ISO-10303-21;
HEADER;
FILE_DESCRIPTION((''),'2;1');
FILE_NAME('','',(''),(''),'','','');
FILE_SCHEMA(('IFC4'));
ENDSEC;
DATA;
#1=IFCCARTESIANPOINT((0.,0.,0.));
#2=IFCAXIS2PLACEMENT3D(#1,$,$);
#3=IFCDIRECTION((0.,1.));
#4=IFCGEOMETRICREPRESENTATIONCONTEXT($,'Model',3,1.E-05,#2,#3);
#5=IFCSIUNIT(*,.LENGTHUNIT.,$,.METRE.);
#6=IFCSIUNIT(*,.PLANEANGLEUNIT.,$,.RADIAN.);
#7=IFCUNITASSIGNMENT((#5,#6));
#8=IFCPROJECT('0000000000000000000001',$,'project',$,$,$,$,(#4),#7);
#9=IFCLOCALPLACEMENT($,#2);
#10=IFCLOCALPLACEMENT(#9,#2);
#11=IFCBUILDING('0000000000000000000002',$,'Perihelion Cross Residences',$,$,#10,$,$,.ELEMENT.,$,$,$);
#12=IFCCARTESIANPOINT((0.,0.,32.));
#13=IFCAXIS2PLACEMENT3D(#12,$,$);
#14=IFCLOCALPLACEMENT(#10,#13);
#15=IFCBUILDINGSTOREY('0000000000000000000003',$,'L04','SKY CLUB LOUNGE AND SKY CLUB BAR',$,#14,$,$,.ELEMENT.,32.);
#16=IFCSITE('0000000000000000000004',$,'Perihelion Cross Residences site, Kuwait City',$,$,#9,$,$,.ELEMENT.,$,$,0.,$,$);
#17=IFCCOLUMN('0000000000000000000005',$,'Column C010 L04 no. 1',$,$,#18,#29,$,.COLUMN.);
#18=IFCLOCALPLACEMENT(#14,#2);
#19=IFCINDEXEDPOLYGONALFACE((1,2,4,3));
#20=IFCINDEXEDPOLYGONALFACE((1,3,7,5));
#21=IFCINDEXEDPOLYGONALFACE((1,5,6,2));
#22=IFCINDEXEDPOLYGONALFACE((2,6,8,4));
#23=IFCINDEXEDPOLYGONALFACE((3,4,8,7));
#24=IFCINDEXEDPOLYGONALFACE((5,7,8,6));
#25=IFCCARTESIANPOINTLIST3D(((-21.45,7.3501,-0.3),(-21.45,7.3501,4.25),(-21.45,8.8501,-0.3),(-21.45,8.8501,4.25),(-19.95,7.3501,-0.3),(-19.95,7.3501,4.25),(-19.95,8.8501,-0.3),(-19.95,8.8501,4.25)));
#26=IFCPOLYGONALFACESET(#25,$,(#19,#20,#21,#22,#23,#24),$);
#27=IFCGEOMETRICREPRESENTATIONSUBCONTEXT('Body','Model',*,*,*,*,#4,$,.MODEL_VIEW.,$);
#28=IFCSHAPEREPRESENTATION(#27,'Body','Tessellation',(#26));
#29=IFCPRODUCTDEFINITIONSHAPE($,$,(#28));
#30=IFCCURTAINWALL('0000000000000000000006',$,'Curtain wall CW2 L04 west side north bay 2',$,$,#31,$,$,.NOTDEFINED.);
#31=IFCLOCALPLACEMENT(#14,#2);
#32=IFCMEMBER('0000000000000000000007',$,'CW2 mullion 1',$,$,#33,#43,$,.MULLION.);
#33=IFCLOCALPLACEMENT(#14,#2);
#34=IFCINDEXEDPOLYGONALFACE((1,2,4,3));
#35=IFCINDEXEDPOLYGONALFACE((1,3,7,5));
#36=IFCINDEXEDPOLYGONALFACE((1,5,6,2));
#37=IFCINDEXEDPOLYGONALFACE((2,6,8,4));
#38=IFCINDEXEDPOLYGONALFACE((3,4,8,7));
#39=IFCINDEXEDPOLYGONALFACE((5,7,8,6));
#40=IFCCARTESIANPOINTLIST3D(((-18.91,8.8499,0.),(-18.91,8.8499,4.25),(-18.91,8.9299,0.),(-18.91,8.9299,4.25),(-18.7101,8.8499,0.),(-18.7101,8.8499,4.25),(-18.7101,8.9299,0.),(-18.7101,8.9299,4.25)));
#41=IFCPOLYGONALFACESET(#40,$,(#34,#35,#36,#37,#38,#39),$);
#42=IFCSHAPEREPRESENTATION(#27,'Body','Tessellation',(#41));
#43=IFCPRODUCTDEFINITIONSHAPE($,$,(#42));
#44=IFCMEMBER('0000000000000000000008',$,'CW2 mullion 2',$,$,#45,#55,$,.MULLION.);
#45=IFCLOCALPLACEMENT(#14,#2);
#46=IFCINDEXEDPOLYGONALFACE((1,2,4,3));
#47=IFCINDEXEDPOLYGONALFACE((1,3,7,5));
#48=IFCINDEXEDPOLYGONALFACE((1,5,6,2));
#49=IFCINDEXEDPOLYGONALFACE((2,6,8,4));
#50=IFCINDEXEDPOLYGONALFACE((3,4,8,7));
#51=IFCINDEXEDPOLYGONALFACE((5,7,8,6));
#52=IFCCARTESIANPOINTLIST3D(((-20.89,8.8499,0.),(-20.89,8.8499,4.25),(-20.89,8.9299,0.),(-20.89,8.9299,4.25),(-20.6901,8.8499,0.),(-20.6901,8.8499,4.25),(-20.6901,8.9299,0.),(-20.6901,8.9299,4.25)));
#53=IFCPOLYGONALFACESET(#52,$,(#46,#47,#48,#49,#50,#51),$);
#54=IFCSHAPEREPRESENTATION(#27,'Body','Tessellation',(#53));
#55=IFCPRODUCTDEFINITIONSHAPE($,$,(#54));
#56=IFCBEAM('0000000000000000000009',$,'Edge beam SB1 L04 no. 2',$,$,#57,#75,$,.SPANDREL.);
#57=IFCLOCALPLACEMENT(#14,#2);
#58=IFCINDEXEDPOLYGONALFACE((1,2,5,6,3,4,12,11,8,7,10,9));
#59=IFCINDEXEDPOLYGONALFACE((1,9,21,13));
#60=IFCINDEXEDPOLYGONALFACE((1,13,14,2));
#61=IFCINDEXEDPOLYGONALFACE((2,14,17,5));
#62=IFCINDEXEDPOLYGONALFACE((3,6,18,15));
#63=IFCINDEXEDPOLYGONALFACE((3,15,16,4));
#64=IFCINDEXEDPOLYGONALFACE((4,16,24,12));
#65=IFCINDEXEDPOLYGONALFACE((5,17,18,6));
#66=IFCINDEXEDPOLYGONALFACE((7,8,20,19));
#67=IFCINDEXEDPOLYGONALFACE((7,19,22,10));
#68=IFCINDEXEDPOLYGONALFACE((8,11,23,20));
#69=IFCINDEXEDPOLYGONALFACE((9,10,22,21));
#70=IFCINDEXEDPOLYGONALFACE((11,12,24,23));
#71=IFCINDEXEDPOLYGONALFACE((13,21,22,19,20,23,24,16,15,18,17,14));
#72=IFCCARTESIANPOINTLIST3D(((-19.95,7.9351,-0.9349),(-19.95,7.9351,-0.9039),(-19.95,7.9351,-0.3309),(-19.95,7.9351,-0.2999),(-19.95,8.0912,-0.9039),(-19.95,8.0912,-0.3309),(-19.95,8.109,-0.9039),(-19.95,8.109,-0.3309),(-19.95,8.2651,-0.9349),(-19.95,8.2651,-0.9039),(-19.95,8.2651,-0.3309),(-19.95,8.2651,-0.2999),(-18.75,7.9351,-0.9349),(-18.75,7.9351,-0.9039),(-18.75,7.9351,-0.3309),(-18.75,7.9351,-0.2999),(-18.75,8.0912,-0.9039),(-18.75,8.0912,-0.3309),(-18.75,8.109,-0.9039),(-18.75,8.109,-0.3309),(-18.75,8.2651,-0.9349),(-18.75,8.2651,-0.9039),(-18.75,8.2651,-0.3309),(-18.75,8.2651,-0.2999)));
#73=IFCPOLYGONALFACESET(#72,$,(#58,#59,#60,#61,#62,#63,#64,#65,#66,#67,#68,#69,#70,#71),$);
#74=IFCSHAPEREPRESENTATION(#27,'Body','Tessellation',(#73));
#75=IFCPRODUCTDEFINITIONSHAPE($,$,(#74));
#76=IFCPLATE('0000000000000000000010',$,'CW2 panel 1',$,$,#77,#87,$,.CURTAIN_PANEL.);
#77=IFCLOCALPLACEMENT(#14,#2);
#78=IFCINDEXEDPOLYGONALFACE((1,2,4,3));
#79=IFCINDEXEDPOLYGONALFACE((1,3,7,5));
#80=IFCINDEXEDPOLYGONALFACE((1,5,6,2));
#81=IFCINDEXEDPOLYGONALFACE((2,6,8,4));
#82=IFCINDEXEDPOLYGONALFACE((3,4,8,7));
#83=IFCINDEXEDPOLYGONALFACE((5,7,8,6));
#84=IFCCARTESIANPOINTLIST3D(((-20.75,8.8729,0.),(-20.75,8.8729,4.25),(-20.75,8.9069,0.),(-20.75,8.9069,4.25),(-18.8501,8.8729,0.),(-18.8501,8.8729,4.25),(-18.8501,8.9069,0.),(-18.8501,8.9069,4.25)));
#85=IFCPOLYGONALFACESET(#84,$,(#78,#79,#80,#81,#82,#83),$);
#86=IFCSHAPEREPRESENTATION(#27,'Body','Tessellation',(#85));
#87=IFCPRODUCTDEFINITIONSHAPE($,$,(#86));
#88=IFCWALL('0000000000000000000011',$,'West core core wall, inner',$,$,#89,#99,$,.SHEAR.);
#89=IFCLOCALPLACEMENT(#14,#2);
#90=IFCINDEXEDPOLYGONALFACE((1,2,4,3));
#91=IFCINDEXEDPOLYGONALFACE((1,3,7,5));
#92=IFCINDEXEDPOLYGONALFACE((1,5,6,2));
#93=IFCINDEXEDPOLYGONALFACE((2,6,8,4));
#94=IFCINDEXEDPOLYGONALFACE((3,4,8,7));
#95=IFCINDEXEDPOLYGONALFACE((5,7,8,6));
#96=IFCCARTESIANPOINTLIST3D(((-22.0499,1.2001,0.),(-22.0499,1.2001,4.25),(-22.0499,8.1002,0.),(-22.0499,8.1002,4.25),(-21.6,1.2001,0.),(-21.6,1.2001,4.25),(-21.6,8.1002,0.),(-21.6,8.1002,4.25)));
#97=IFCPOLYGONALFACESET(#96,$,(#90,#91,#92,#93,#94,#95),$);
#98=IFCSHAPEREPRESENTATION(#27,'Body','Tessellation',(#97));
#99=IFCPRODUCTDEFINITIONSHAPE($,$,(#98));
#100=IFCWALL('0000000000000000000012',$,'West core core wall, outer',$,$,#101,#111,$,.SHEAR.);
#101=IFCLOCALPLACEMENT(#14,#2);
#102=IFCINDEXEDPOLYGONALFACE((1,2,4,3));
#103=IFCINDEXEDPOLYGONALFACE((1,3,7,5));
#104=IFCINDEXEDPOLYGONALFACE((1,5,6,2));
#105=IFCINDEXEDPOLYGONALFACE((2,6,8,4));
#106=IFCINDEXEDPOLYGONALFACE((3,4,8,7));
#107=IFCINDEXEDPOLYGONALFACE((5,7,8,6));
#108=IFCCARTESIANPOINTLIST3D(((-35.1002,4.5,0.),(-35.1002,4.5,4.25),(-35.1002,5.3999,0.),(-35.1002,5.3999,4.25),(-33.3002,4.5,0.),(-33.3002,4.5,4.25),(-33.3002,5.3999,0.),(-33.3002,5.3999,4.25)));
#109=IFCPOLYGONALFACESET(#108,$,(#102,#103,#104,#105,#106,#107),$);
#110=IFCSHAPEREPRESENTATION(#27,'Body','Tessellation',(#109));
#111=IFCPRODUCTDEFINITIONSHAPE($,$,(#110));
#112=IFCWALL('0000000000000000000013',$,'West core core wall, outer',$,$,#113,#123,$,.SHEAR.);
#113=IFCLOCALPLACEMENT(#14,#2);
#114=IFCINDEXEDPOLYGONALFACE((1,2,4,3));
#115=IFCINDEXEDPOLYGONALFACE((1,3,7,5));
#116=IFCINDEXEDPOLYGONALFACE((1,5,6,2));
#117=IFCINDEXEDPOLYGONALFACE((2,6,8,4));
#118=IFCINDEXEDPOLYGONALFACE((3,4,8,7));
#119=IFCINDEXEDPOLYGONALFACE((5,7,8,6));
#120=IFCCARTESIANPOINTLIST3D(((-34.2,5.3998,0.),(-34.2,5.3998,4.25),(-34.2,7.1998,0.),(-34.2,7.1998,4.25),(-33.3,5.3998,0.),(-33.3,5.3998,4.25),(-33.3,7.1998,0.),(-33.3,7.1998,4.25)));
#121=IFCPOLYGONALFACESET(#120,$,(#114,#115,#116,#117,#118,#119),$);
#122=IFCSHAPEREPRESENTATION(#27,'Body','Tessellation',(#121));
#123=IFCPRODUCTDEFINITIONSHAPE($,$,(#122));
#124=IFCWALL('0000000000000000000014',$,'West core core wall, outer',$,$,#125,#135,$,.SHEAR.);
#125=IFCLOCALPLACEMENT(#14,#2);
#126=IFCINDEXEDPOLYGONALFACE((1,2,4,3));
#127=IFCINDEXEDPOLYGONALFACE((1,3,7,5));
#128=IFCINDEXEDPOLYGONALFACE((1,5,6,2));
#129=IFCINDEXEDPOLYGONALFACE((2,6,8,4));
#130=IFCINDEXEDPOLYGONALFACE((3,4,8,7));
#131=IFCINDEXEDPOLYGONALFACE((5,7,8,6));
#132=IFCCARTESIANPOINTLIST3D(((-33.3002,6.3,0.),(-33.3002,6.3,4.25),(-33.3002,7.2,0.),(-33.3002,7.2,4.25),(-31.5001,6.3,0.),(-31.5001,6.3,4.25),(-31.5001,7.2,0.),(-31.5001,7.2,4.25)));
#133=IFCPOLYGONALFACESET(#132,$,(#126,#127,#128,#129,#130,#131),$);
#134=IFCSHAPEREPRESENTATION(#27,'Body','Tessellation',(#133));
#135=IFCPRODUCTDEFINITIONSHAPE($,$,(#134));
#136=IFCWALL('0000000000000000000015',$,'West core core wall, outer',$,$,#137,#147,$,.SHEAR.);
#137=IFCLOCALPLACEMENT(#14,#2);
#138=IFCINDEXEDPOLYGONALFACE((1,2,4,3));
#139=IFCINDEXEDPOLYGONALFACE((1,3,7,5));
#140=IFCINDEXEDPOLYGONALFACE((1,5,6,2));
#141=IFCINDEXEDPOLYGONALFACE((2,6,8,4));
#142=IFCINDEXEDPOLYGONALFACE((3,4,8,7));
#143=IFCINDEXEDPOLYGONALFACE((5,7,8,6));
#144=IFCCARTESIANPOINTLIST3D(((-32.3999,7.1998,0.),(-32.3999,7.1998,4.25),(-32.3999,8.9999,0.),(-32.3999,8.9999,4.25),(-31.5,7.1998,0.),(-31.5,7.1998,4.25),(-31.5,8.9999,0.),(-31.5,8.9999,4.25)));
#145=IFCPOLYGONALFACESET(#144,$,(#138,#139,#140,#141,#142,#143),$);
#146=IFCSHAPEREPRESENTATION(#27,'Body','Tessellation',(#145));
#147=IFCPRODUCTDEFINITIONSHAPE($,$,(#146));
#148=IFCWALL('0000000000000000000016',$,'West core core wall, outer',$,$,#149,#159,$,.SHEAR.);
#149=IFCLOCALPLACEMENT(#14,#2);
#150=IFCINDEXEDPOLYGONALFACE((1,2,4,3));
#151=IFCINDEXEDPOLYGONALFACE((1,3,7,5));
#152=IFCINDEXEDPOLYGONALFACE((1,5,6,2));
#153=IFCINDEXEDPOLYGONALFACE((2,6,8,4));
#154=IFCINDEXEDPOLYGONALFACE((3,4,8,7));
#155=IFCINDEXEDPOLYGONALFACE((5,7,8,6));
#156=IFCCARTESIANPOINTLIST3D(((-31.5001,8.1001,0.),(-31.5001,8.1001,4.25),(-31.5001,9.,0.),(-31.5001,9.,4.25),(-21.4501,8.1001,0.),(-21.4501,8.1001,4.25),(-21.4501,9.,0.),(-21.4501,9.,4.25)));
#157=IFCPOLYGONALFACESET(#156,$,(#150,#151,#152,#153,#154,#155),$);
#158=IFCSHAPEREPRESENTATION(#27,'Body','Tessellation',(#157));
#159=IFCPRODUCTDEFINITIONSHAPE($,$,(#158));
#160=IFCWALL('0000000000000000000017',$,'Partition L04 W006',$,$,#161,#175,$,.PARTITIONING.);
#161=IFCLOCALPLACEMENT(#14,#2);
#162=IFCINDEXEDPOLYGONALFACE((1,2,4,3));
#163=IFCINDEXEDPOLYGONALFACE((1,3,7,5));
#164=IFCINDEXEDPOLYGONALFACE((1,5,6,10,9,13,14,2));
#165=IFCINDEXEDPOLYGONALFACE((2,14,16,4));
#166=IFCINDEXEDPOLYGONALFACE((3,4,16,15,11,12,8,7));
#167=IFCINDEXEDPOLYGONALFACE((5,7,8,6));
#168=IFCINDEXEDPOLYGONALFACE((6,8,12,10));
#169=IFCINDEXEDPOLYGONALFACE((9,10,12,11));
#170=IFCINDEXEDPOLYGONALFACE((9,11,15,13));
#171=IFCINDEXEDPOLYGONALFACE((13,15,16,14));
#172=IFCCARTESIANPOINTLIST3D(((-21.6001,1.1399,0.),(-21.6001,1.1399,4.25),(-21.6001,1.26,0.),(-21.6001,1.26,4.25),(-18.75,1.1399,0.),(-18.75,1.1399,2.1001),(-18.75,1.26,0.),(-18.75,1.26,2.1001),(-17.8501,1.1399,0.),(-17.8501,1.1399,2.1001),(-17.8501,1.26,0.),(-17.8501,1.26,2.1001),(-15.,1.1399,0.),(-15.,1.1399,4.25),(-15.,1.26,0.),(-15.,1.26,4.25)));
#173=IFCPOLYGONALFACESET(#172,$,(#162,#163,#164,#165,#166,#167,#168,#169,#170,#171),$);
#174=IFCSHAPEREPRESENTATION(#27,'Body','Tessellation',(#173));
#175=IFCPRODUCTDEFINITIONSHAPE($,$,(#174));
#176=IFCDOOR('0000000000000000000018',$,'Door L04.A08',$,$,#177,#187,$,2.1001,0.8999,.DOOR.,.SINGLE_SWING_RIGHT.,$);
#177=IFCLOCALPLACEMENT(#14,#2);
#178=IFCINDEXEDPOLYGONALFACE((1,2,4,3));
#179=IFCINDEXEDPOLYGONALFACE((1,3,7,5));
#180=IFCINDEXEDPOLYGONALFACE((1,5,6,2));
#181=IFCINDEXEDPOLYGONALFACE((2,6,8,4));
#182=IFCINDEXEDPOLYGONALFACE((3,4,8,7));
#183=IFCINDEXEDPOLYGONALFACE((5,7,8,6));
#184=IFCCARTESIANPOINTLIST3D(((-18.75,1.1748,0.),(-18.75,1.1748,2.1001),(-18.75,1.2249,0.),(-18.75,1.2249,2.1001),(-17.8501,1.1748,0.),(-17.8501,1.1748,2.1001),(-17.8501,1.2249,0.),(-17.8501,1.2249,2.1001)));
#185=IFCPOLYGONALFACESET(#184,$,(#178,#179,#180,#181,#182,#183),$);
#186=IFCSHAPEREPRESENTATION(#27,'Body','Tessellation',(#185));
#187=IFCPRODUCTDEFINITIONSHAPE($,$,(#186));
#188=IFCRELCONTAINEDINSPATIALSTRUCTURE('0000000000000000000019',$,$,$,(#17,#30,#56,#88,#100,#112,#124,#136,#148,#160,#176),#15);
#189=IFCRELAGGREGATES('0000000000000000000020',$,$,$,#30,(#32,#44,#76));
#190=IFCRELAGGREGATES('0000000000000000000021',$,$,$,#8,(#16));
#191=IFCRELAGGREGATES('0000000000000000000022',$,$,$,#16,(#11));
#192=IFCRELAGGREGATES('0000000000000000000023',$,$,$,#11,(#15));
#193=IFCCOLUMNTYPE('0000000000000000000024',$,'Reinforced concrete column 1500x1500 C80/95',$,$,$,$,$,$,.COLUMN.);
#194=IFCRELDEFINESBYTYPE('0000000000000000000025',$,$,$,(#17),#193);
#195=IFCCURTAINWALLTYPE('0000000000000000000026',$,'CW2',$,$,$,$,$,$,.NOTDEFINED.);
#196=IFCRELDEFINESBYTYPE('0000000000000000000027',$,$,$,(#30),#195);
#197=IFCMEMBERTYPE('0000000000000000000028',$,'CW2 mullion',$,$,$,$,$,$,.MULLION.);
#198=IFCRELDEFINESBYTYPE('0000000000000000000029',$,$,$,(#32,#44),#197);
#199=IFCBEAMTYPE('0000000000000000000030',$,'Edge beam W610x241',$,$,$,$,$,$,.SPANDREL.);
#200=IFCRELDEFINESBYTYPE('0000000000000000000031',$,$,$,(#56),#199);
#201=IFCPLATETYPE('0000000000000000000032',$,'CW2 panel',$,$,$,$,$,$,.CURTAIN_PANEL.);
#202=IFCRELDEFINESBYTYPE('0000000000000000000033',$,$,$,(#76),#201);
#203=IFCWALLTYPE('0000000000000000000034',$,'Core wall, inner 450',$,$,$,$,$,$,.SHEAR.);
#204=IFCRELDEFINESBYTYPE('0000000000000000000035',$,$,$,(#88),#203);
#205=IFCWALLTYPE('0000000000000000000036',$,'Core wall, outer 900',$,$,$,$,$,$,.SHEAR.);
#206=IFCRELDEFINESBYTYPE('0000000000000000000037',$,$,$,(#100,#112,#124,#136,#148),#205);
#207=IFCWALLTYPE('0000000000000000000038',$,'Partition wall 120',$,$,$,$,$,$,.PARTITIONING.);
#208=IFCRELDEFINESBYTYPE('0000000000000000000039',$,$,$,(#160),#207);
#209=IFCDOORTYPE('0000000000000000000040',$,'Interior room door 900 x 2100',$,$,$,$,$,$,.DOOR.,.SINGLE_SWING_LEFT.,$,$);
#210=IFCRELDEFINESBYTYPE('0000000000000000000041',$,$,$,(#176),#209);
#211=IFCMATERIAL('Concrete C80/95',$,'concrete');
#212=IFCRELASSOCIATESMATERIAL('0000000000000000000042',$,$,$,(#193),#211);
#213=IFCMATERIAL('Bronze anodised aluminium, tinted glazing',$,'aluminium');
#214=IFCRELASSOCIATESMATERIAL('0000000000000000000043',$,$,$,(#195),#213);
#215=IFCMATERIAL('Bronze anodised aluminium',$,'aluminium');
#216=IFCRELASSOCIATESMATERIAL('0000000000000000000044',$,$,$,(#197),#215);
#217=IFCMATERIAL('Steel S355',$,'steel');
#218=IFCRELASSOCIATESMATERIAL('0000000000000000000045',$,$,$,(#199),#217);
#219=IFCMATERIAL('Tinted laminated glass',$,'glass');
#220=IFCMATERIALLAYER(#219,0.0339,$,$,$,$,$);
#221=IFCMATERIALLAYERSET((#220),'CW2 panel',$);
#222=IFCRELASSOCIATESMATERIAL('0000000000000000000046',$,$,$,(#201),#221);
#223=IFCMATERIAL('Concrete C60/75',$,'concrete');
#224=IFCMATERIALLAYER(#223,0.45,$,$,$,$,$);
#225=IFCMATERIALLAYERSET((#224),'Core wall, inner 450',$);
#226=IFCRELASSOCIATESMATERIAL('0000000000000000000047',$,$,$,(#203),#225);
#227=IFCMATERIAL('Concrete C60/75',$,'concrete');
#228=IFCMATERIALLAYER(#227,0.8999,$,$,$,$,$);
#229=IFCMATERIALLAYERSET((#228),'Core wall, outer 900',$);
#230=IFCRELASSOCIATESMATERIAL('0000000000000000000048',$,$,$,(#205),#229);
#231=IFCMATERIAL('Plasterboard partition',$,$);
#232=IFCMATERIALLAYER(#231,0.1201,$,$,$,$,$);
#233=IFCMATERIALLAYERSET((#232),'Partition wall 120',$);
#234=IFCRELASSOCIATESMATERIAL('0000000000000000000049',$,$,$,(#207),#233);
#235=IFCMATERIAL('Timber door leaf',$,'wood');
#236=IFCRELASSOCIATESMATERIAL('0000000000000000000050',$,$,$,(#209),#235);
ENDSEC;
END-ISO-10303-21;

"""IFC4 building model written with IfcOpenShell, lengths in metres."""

from ifc_helpers import new_model, si_unit, direction, frame, frame_2d, origin, origin_2d, place, context, subcontext, project, spatial, rectangle, i_section, extrude, material, layer, layer_set, material_profile, profile_set, type_object, element, fill, aggregate, save


model = new_model("IFC4")

# Units and contexts
model_context = context("Model", 3, precision=1e-05, world=origin(), true_north=direction((0.0, 1.0)))
body_context = subcontext(model_context, "Body", "Model", "MODEL_VIEW")
ifc_project = project(units=[si_unit("LENGTHUNIT", "METRE"), si_unit("PLANEANGLEUNIT", "RADIAN")], contexts=[model_context])

# Site, building, storey
site_placement = place(None, origin())
site = spatial("IfcSite", under=ifc_project, at=site_placement, Name="Perihelion Cross Residences site, Kuwait City", CompositionType="ELEMENT", RefElevation=0.0)
building_placement = place(site_placement, origin())
building = spatial("IfcBuilding", under=site, at=building_placement, Name="Perihelion Cross Residences", CompositionType="ELEMENT")
storey_placement = place(building_placement, frame((0.0, 0.0, 32.0)))
storey = spatial("IfcBuildingStorey", under=building, at=storey_placement, Name="L04", Description="SKY CLUB LOUNGE AND SKY CLUB BAR", CompositionType="ELEMENT", Elevation=32.0)

# Column
ifc_material_1 = material(Name="Concrete C80/95", Category="concrete")
ifc_material_profile_1 = material_profile(ifc_material_1, rectangle(XDim=1.5, YDim=1.5, at=origin_2d()), Name="RC 1500x1500")
ifc_profile_set_1 = profile_set([ifc_material_profile_1], Name="Concrete C80/95")
column_type = type_object("IfcColumnType", Name="Reinforced concrete column 1500x1500 C80/95", PredefinedType="COLUMN", material=ifc_profile_set_1)
column_placement = place(storey_placement, frame((-20.7, 8.1001, -0.3), z_axis=(0.0, 0.0, 1.0), x_axis=(1.0, 0.0, 0.0)))
element("IfcColumn", 1, at=column_placement, inside=storey, type_object=column_type, Name="Column C010 L04 no. 1", PredefinedType="COLUMN", context=body_context, shape_type="SweptSolid", body=[
    extrude(rectangle(XDim=1.5, YDim=1.5, at=origin_2d()), origin(), (0.0, 0.0, 1.0), 4.55),
])

# Curtain wall, members
ifc_material_2 = material(Name="Bronze anodised aluminium, tinted glazing", Category="aluminium")
curtain_wall_type = type_object("IfcCurtainWallType", Name="CW2", PredefinedType="NOTDEFINED", material=ifc_material_2)
curtain_wall_placement = place(storey_placement, origin())
curtain_wall = element("IfcCurtainWall", 2, at=curtain_wall_placement, inside=storey, type_object=curtain_wall_type, Name="Curtain wall CW2 L04 west side north bay 2", PredefinedType="NOTDEFINED")
ifc_material_3 = material(Name="Bronze anodised aluminium", Category="aluminium")
ifc_material_profile_2 = material_profile(ifc_material_3, rectangle(XDim=0.0801, YDim=0.2, at=origin_2d()), Name="CW2 mullion")
ifc_profile_set_2 = profile_set([ifc_material_profile_2], Name="Bronze anodised aluminium")
member_type = type_object("IfcMemberType", Name="CW2 mullion", PredefinedType="MULLION", material=ifc_profile_set_2)
member_1_placement = place(storey_placement, frame((-18.8101, 8.8899, 0.0), z_axis=(0.0, 0.0, 1.0), x_axis=(0.0, -1.0, 0.0)))
member_1 = element("IfcMember", 3, at=member_1_placement, type_object=member_type, Name="CW2 mullion 1", PredefinedType="MULLION", context=body_context, shape_type="SweptSolid", body=[
    extrude(rectangle(XDim=0.0801, YDim=0.2, at=origin_2d()), origin(), (0.0, 0.0, 1.0), 4.25),
])
member_2_placement = place(storey_placement, frame((-20.79, 8.8899, 0.0), z_axis=(0.0, 0.0, 1.0), x_axis=(0.0, -1.0, 0.0)))
member_2 = element("IfcMember", 4, at=member_2_placement, type_object=member_type, Name="CW2 mullion 2", PredefinedType="MULLION", context=body_context, shape_type="SweptSolid", body=[
    extrude(rectangle(XDim=0.0801, YDim=0.2, at=origin_2d()), origin(), (0.0, 0.0, 1.0), 4.25),
])

# Beam
ifc_material_4 = material(Name="Steel S355", Category="steel")
ifc_material_profile_3 = material_profile(ifc_material_4, i_section(OverallWidth=0.3301, OverallDepth=0.635, WebThickness=0.0178, FlangeThickness=0.031, at=origin_2d()), Name="W610x241")
ifc_profile_set_3 = profile_set([ifc_material_profile_3], Name="Steel S355")
beam_type = type_object("IfcBeamType", Name="Edge beam W610x241", PredefinedType="SPANDREL", material=ifc_profile_set_3)
beam_placement = place(storey_placement, frame((-18.75, 8.1001, -0.6174), z_axis=(-1.0, 0.0, 0.0), x_axis=(0.0, -1.0, 0.0)))
element("IfcBeam", 5, at=beam_placement, inside=storey, type_object=beam_type, Name="Edge beam SB1 L04 no. 2", PredefinedType="SPANDREL", context=body_context, shape_type="SweptSolid", body=[
    extrude(i_section(OverallWidth=0.3301, OverallDepth=0.635, WebThickness=0.0178, FlangeThickness=0.031, at=origin_2d()), origin(), (0.0, 0.0, 1.0), 1.2),
])

# Plate
ifc_material_5 = material(Name="Tinted laminated glass", Category="glass")
ifc_layer_1 = layer(ifc_material_5, 0.0339)
ifc_layer_set_1 = layer_set([ifc_layer_1], Name="CW2 panel")
plate_type = type_object("IfcPlateType", Name="CW2 panel", PredefinedType="CURTAIN_PANEL", material=ifc_layer_set_1)
plate_placement = place(storey_placement, frame((-19.8, 8.8899, 0.0), z_axis=(0.0, 0.0, 1.0), x_axis=(-1.0, 0.0, 0.0)))
plate = element("IfcPlate", 6, at=plate_placement, type_object=plate_type, Name="CW2 panel 1", PredefinedType="CURTAIN_PANEL", context=body_context, shape_type="SweptSolid", body=[
    extrude(rectangle(XDim=1.8999, YDim=0.0339, at=origin_2d()), origin(), (0.0, 0.0, 1.0), 4.25),
])
aggregate(curtain_wall, [member_1, member_2, plate])

# Walls
ifc_material_6 = material(Name="Concrete C60/75", Category="concrete")
ifc_layer_2 = layer(ifc_material_6, 0.45)
ifc_layer_set_2 = layer_set([ifc_layer_2], Name="Core wall, inner 450")
wall_type_1 = type_object("IfcWallType", Name="Core wall, inner 450", PredefinedType="SHEAR", material=ifc_layer_set_2)
wall_1_placement = place(storey_placement, frame((-21.825, 1.2, 0.0), z_axis=(0.0, 0.0, 1.0), x_axis=(0.0, 1.0, 0.0)))
element("IfcWall", 7, at=wall_1_placement, inside=storey, type_object=wall_type_1, Name="West core core wall, inner", PredefinedType="SHEAR", context=body_context, shape_type="SweptSolid", body=[
    extrude(rectangle(XDim=6.9001, YDim=0.45, at=frame_2d((3.4502, 0.0))), origin(), (0.0, 0.0, 1.0), 4.25),
])
ifc_material_7 = material(Name="Concrete C60/75", Category="concrete")
ifc_layer_3 = layer(ifc_material_7, 0.8999)
ifc_layer_set_3 = layer_set([ifc_layer_3], Name="Core wall, outer 900")
wall_type_2 = type_object("IfcWallType", Name="Core wall, outer 900", PredefinedType="SHEAR", material=ifc_layer_set_3)
for number, where, z_axis, x_axis, name in (
    (8, (-35.1001, 4.95, 0.0), (0.0, 0.0, 1.0), (1.0, 0.0, 0.0), "West core core wall, outer"),
    (9, (-33.75, 5.3999, 0.0), (0.0, 0.0, 1.0), (0.0, 1.0, 0.0), "West core core wall, outer"),
    (10, (-33.3, 6.75, 0.0), (0.0, 0.0, 1.0), (1.0, 0.0, 0.0), "West core core wall, outer"),
    (11, (-31.95, 7.2, 0.0), (0.0, 0.0, 1.0), (0.0, 1.0, 0.0), "West core core wall, outer"),
):
    element("IfcWall", number, at=place(storey_placement, frame(where, z_axis=z_axis, x_axis=x_axis)), inside=storey, type_object=wall_type_2, Name=name, PredefinedType="SHEAR", context=body_context, shape_type="SweptSolid", body=[
        extrude(rectangle(XDim=1.8, YDim=0.8999, at=frame_2d((0.8999, 0.0))), origin(), (0.0, 0.0, 1.0), 4.25),
    ])
wall_2_placement = place(storey_placement, frame((-31.5, 8.55, 0.0), z_axis=(0.0, 0.0, 1.0), x_axis=(1.0, 0.0, 0.0)))
element("IfcWall", 12, at=wall_2_placement, inside=storey, type_object=wall_type_2, Name="West core core wall, outer", PredefinedType="SHEAR", context=body_context, shape_type="SweptSolid", body=[
    extrude(rectangle(XDim=10.05, YDim=0.8999, at=frame_2d((5.0249, 0.0))), origin(), (0.0, 0.0, 1.0), 4.25),
])

# Wall, opening, door
ifc_material_8 = material(Name="Plasterboard partition")
ifc_layer_4 = layer(ifc_material_8, 0.1201)
ifc_layer_set_4 = layer_set([ifc_layer_4], Name="Partition wall 120")
wall_type_3 = type_object("IfcWallType", Name="Partition wall 120", PredefinedType="PARTITIONING", material=ifc_layer_set_4)
wall_3_placement = place(storey_placement, frame((-21.6001, 1.2, 0.0), z_axis=(0.0, 0.0, 1.0), x_axis=(1.0, 0.0, 0.0)))
wall_3 = element("IfcWall", 13, at=wall_3_placement, inside=storey, type_object=wall_type_3, Name="Partition L04 W006", PredefinedType="PARTITIONING", context=body_context, shape_type="SweptSolid", body=[
    extrude(rectangle(XDim=6.6001, YDim=0.1201, at=frame_2d((3.3, 0.0))), origin(), (0.0, 0.0, 1.0), 4.25),
])
opening_1_placement = place(wall_3_placement, frame((2.8501, 0.0, 0.0)))
opening_1 = element("IfcOpeningElement", 14, at=opening_1_placement, cuts=wall_3, PredefinedType="OPENING", context=body_context, shape_type="SweptSolid", body=[
    extrude(rectangle(XDim=0.8999, YDim=2.1001, at=frame_2d((0.45, 1.05))), frame((0.0, 0.0701, 0.0), z_axis=(0.0, -1.0, 0.0), x_axis=(1.0, 0.0, 0.0)), (0.0, 0.0, 1.0), 0.1401),
])
ifc_material_9 = material(Name="Timber door leaf", Category="wood")
door_type_1 = type_object("IfcDoorType", Name="Interior room door 900 x 2100", OperationType="SINGLE_SWING_LEFT", PredefinedType="DOOR", material=ifc_material_9)
door_1_placement = place(opening_1_placement, origin())
door_1 = element("IfcDoor", 15, at=door_1_placement, inside=storey, type_object=door_type_1, Name="Door L04.A08", OperationType="SINGLE_SWING_RIGHT", OverallHeight=2.1001, OverallWidth=0.8999, PredefinedType="DOOR", context=body_context, shape_type="SweptSolid", body=[
    extrude(rectangle(XDim=0.8999, YDim=2.1001, at=frame_2d((0.45, 1.05))), frame((0.0, 0.0249, 0.0), z_axis=(0.0, -1.0, 0.0), x_axis=(1.0, 0.0, 0.0)), (0.0, 0.0, 1.0), 0.05),
])
fill(opening_1, door_1)

save(model, "model.ifc")
